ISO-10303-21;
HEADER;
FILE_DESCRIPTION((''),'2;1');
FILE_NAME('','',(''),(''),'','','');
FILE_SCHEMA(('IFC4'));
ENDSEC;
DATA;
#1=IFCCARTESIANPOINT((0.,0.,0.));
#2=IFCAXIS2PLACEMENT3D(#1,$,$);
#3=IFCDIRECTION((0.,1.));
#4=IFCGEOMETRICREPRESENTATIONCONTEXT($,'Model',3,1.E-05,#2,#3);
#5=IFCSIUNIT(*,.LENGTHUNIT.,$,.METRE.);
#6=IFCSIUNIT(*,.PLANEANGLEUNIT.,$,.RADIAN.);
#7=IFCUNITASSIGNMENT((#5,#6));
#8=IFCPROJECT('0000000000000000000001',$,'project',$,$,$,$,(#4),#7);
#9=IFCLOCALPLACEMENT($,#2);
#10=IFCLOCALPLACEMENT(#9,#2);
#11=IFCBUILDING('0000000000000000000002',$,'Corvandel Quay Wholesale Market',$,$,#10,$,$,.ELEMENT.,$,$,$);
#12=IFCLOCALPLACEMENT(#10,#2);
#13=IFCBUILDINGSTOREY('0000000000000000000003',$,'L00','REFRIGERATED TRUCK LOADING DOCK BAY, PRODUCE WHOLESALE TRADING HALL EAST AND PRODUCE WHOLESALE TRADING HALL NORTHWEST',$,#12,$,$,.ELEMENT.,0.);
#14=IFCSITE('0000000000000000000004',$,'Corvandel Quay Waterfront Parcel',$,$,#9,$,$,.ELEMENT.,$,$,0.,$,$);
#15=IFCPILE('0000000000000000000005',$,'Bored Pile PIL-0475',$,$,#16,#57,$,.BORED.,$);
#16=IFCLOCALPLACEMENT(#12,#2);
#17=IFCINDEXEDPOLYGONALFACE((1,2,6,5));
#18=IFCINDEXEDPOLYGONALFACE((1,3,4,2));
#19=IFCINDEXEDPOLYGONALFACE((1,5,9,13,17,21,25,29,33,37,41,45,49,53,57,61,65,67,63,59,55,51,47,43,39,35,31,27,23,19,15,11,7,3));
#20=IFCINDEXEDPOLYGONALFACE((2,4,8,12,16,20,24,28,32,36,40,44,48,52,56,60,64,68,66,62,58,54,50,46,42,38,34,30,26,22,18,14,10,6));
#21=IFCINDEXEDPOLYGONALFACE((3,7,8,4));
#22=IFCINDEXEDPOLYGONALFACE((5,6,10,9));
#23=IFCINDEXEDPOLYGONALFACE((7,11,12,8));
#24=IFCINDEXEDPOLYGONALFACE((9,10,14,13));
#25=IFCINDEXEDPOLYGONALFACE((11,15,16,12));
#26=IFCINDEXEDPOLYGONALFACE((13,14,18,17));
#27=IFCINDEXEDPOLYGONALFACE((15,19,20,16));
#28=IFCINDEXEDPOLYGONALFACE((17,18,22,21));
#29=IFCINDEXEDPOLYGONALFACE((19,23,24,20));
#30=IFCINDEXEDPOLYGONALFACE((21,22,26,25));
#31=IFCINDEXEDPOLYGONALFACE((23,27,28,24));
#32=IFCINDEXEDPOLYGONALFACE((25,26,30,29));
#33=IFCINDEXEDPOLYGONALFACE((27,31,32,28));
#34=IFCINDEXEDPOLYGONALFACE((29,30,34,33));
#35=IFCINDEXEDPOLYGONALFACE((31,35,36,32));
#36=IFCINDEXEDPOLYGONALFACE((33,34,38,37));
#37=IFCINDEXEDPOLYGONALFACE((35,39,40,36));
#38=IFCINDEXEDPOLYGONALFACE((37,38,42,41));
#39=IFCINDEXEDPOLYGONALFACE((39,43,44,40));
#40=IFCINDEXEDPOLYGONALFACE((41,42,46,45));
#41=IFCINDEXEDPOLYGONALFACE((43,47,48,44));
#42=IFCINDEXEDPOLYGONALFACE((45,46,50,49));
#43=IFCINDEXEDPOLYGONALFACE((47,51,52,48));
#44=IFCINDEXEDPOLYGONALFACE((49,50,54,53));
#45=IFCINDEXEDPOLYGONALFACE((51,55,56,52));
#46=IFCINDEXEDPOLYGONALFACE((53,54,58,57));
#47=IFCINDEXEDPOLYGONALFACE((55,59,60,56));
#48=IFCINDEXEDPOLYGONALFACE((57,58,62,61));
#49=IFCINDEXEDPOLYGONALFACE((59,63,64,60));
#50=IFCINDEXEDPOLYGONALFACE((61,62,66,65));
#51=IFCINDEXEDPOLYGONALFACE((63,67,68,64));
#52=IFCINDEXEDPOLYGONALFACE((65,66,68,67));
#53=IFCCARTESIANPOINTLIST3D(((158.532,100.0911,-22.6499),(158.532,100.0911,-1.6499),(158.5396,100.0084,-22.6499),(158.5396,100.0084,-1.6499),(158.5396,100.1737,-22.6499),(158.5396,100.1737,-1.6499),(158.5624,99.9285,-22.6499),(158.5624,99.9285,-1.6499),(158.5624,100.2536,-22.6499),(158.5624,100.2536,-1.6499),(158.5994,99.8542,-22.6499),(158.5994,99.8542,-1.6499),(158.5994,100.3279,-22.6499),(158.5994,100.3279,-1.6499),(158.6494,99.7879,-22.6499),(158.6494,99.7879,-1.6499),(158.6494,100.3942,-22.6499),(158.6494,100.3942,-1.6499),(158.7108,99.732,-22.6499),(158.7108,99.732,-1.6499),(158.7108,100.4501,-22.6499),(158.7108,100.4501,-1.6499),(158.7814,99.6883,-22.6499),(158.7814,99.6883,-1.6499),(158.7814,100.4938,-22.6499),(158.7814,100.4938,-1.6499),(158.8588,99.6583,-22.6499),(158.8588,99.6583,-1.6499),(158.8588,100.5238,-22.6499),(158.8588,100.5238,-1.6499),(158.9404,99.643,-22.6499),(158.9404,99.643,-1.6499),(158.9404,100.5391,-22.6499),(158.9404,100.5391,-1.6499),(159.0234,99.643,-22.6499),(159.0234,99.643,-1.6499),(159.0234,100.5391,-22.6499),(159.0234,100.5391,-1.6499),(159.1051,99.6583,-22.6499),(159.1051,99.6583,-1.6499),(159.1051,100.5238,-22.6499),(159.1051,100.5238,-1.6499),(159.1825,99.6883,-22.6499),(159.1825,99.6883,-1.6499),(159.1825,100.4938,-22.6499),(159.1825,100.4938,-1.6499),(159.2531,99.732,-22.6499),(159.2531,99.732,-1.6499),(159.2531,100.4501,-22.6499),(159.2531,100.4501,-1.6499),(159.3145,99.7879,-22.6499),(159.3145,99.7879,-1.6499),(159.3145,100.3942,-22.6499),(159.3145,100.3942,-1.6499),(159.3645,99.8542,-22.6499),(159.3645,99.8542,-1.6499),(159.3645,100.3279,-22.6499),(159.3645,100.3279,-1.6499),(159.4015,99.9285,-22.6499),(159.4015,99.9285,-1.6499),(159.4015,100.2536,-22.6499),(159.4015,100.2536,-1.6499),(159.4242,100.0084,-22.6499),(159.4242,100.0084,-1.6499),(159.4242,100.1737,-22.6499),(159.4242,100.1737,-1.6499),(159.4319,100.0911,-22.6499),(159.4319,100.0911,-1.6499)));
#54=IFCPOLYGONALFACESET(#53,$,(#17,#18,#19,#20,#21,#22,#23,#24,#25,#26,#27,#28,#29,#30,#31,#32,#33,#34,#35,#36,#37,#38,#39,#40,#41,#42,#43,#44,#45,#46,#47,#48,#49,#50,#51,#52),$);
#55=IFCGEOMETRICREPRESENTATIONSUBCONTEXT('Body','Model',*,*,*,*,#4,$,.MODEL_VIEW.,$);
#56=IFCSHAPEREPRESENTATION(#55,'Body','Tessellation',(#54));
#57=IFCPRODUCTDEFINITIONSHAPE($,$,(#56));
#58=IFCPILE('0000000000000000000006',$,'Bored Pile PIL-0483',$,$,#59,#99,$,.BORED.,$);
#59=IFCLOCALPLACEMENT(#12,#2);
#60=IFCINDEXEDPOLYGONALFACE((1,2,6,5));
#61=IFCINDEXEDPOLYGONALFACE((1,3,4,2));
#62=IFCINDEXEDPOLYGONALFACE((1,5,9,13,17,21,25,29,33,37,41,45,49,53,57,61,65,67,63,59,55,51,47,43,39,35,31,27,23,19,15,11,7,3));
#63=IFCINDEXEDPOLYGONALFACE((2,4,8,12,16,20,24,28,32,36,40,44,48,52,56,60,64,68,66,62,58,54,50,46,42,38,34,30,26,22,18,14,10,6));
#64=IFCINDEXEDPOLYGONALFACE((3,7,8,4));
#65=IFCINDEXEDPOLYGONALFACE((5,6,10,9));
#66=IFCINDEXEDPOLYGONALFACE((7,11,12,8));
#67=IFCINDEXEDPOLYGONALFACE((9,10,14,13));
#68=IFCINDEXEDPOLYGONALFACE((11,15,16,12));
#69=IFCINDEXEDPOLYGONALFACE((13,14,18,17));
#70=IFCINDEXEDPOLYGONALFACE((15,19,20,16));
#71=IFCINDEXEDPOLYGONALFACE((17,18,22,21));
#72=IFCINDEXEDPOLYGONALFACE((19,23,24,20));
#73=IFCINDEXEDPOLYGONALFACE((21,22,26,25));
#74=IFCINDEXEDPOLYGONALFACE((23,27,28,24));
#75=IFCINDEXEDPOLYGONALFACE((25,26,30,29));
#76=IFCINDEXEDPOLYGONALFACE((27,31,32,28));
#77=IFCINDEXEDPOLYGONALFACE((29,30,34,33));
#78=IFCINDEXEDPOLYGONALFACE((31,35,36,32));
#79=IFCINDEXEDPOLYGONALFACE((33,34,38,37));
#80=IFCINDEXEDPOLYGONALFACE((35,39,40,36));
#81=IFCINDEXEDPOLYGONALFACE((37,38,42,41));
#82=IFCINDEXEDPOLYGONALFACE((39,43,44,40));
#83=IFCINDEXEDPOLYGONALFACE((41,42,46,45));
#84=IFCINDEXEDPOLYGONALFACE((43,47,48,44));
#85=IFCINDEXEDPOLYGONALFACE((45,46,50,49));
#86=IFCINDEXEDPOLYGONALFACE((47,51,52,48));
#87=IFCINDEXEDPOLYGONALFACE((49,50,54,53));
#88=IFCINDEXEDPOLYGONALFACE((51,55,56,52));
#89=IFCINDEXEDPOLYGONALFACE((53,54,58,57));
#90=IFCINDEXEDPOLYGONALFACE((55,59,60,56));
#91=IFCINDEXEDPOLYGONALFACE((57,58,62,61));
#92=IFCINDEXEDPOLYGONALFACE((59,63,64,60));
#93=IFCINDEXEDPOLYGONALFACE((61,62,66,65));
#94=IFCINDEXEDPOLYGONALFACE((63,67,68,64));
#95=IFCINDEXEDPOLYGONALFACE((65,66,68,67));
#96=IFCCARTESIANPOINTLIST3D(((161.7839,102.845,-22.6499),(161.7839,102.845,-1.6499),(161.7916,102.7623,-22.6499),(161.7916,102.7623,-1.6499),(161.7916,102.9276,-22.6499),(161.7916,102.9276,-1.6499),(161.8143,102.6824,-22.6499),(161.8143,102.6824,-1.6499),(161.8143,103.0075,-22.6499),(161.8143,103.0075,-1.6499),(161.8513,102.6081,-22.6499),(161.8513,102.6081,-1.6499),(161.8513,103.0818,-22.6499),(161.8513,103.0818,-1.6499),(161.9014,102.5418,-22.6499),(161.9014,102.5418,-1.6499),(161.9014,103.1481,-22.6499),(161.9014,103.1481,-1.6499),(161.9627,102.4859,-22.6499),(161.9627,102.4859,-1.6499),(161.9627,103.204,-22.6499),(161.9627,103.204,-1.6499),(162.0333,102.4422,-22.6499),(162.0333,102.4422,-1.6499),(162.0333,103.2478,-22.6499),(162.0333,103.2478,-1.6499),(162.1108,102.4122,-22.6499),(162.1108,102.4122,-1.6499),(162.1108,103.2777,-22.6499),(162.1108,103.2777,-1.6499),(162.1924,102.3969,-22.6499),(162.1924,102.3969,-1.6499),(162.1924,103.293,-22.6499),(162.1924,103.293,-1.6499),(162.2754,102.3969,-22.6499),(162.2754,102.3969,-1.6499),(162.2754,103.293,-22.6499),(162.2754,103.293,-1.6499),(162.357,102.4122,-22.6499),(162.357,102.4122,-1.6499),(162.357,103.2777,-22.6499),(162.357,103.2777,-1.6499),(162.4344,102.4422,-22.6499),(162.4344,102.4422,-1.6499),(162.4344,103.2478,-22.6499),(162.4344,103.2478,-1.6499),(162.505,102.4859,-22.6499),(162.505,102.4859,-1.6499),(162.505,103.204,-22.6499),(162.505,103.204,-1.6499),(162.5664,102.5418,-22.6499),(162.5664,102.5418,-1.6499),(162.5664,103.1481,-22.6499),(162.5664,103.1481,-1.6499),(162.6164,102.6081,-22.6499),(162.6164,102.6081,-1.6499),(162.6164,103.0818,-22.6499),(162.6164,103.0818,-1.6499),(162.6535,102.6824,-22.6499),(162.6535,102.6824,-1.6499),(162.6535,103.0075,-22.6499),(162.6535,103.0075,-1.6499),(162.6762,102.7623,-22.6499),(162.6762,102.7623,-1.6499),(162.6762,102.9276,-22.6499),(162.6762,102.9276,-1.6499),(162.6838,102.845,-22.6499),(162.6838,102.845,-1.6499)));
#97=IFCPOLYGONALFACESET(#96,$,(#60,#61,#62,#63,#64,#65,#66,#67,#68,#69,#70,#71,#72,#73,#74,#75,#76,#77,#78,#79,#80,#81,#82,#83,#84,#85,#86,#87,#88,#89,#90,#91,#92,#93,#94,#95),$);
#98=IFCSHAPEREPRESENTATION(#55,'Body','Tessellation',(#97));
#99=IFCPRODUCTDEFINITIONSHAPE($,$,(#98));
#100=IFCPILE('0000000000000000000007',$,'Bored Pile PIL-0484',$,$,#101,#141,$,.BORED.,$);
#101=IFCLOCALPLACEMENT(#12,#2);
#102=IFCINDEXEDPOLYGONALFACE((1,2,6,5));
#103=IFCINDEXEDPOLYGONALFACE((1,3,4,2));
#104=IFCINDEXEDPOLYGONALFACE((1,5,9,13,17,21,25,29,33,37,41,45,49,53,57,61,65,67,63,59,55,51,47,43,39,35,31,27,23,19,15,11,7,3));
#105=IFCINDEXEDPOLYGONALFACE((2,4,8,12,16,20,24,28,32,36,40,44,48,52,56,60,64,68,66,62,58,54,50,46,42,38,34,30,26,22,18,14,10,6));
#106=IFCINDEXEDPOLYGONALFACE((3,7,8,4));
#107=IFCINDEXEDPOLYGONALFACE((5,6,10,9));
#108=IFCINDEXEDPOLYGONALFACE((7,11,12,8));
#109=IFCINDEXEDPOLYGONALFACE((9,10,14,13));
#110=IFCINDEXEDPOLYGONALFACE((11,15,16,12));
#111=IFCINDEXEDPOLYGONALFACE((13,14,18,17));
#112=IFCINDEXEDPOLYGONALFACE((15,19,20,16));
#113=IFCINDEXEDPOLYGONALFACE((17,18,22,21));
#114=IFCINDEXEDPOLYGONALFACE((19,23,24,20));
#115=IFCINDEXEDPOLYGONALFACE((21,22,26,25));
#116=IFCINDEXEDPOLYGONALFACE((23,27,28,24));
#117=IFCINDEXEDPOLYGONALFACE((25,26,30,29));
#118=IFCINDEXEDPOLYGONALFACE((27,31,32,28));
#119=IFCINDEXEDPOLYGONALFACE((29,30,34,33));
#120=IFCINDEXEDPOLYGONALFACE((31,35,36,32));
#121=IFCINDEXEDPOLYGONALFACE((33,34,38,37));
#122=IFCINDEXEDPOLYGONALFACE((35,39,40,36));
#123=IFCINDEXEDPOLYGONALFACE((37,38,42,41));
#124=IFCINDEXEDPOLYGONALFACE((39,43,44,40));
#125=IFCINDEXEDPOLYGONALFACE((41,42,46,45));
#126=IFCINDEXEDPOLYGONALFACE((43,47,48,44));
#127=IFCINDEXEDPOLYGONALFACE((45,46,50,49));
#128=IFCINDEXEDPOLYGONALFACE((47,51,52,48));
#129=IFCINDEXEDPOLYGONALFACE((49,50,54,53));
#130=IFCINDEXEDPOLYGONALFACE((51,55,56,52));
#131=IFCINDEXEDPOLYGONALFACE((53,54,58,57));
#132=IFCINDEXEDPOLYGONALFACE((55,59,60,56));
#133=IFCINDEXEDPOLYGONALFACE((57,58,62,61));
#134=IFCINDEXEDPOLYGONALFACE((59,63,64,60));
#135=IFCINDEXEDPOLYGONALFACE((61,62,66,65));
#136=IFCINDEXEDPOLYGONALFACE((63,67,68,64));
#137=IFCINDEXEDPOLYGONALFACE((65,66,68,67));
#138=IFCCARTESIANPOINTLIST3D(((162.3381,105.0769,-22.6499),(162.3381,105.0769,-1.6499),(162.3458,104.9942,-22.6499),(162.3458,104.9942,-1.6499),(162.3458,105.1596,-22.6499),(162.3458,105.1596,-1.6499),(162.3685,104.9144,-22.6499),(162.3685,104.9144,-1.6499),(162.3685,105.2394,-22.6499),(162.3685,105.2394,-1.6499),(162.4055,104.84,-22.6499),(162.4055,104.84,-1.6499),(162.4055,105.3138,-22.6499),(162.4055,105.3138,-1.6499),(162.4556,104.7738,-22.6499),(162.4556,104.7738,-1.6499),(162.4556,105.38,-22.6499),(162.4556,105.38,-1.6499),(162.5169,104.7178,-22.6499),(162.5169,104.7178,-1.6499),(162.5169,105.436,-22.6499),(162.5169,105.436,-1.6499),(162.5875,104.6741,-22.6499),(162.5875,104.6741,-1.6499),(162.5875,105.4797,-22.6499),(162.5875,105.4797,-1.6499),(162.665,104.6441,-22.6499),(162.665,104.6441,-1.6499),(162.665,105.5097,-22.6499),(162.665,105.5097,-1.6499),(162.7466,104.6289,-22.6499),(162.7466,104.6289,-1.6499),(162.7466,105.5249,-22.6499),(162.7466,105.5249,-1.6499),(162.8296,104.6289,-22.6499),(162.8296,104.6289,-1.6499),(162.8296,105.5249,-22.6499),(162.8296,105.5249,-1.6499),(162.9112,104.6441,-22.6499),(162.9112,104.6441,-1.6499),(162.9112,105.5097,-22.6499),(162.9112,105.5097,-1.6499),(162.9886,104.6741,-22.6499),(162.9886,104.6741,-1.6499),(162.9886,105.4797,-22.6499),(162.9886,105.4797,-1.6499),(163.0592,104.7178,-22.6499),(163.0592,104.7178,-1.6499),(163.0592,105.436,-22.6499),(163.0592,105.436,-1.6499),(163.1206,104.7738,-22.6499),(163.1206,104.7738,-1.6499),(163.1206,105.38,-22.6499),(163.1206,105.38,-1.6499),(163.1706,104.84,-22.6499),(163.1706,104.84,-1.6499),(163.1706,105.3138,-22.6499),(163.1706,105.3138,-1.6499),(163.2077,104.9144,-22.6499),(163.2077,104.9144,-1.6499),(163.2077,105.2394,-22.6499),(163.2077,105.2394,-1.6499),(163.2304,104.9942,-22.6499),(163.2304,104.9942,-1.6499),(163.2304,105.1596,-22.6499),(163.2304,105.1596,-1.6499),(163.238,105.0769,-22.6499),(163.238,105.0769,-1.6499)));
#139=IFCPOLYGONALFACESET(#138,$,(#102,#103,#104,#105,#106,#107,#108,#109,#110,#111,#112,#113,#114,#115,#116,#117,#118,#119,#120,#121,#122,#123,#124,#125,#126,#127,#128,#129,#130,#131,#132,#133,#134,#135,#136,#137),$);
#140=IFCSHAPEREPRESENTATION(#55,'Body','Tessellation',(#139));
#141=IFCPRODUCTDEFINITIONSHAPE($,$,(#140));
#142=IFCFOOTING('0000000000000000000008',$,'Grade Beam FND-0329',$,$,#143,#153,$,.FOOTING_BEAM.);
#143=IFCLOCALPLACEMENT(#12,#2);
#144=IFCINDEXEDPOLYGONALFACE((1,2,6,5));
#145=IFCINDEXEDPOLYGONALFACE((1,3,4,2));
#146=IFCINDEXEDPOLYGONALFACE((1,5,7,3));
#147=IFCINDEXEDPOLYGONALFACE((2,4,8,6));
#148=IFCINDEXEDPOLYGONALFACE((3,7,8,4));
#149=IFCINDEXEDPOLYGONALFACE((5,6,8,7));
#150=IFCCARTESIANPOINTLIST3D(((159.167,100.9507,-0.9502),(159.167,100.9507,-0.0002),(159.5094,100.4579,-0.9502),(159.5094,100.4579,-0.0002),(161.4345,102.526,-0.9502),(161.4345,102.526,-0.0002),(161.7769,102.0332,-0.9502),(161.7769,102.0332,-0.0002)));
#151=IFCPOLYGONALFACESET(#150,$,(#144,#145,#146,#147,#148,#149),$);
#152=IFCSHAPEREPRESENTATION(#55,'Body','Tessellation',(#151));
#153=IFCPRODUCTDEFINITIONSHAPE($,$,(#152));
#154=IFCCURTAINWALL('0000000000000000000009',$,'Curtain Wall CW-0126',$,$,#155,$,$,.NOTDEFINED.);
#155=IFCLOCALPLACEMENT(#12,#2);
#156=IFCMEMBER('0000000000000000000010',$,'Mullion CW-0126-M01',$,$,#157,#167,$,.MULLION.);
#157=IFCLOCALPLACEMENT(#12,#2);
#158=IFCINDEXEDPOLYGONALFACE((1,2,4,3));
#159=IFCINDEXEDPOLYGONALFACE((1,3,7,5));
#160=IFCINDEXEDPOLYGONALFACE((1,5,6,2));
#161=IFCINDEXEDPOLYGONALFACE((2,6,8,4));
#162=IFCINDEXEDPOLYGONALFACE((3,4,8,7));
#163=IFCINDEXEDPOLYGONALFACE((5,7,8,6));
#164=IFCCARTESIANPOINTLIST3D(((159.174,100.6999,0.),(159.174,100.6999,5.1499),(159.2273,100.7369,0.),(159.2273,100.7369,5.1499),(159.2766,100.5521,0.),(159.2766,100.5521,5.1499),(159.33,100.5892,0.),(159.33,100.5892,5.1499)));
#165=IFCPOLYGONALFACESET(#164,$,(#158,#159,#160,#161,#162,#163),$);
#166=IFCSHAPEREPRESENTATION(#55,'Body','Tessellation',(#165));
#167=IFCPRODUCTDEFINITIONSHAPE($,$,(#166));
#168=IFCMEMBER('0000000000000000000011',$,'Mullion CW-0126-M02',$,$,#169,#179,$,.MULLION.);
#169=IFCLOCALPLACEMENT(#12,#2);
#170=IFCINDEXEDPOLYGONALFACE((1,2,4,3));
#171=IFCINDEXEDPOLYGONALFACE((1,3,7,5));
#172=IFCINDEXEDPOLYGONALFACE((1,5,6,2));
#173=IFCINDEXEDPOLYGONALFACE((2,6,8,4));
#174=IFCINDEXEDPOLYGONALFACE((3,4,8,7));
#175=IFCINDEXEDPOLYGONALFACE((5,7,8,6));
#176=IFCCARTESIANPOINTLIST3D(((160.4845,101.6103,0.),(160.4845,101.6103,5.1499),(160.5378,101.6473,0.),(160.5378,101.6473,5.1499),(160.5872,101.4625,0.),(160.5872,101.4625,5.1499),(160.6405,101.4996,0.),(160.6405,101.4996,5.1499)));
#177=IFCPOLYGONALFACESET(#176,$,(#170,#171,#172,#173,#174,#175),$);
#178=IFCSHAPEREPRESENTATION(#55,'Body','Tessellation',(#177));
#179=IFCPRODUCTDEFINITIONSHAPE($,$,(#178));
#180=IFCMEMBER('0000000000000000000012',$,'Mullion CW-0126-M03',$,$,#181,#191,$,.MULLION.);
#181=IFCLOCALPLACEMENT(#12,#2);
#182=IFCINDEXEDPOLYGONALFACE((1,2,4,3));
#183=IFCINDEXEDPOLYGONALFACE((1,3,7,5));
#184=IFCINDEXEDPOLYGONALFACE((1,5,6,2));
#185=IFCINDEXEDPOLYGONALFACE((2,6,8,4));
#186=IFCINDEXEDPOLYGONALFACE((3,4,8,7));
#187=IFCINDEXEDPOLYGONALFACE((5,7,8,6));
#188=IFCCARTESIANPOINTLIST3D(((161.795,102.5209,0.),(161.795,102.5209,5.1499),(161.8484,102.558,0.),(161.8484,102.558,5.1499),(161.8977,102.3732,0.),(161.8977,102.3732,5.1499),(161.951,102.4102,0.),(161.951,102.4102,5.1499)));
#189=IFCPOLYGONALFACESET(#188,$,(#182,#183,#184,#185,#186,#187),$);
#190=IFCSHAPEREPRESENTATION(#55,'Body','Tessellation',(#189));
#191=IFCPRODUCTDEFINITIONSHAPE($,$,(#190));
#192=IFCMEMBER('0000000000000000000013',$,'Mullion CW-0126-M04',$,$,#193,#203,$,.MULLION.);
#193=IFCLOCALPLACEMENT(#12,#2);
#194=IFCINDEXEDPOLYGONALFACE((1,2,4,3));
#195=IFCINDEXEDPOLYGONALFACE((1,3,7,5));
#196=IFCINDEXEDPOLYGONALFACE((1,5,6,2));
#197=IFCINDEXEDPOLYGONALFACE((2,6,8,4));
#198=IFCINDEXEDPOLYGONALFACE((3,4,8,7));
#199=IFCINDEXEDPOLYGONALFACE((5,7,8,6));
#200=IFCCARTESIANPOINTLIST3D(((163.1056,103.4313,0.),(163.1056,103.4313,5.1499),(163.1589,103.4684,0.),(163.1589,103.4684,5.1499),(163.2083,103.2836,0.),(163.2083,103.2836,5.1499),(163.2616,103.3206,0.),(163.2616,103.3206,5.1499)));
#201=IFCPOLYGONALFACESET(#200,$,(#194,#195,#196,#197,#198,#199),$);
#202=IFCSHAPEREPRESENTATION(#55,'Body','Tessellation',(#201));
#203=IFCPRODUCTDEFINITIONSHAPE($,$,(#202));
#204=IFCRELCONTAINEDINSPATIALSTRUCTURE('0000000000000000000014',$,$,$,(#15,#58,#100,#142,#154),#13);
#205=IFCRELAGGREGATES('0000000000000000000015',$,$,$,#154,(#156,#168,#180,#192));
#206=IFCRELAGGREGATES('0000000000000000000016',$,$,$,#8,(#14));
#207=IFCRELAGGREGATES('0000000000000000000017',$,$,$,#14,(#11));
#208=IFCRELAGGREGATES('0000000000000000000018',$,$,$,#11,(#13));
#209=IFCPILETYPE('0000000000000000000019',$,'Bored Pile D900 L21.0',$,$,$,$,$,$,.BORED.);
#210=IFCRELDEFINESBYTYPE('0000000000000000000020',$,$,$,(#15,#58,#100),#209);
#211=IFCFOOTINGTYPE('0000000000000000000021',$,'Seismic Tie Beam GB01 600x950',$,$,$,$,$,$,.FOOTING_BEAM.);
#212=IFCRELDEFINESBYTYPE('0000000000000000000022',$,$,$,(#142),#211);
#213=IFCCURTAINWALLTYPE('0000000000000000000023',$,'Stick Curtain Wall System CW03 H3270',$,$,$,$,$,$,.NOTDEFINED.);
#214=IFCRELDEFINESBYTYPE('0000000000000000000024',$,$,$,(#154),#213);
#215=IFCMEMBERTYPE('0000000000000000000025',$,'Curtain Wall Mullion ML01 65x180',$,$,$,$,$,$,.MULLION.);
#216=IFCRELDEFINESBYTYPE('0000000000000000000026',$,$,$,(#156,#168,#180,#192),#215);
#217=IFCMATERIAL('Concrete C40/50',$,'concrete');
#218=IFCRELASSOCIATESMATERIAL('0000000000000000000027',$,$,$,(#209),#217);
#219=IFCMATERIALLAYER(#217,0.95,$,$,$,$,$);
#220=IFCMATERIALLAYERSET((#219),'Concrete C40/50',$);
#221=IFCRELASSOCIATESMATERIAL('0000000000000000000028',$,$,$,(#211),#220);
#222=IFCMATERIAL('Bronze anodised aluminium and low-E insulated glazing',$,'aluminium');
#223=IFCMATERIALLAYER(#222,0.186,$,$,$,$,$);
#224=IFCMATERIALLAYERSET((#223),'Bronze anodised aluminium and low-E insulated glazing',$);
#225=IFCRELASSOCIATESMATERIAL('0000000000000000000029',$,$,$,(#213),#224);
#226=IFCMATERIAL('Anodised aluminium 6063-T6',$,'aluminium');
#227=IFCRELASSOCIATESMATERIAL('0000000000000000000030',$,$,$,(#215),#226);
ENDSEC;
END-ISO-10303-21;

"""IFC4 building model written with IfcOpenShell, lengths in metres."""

from ifc_helpers import new_model, si_unit, direction, frame, origin, origin_2d, place, context, subcontext, project, spatial, rectangle, circle, extrude, material, layer, layer_set, material_profile, profile_set, type_object, element, aggregate, save


model = new_model("IFC4")

# Units and contexts
model_context = context("Model", 3, precision=1e-05, world=origin(), true_north=direction((0.0, 1.0)))
body_context = subcontext(model_context, "Body", "Model", "MODEL_VIEW")
ifc_project = project(units=[si_unit("LENGTHUNIT", "METRE"), si_unit("PLANEANGLEUNIT", "RADIAN")], contexts=[model_context])

# Site, building, storey
site_placement = place(None, origin())
site = spatial("IfcSite", under=ifc_project, at=site_placement, Name="Corvandel Quay Waterfront Parcel", CompositionType="ELEMENT", RefElevation=0.0)
building_placement = place(site_placement, origin())
building = spatial("IfcBuilding", under=site, at=building_placement, Name="Corvandel Quay Wholesale Market", CompositionType="ELEMENT")
storey_placement = place(building_placement, origin())
storey = spatial("IfcBuildingStorey", under=building, at=storey_placement, Name="L00", Description="REFRIGERATED TRUCK LOADING DOCK BAY, PRODUCE WHOLESALE TRADING HALL EAST AND PRODUCE WHOLESALE TRADING HALL NORTHWEST", CompositionType="ELEMENT", Elevation=0.0)

# Piles
ifc_material_1 = material(Name="Concrete C40/50", Category="concrete")
ifc_material_profile_1 = material_profile(ifc_material_1, circle(Radius=0.45, at=origin_2d()), Name="RC-PILE-D900")
ifc_profile_set_1 = profile_set([ifc_material_profile_1], Name="Concrete C40/50")
pile_type = type_object("IfcPileType", Name="Bored Pile D900 L21.0", PredefinedType="BORED", material=ifc_profile_set_1)
for number, where, z_axis, x_axis, name in (
    (1, (158.9819, 100.0911, -1.6499), (0.0, 0.0, -1.0), (1.0, 0.0, 0.0), "Bored Pile PIL-0475"),
    (2, (162.2339, 102.845, -1.6499), (0.0, 0.0, -1.0), (1.0, 0.0, 0.0), "Bored Pile PIL-0483"),
    (3, (162.7881, 105.0769, -1.6499), (0.0, 0.0, -1.0), (1.0, 0.0, 0.0), "Bored Pile PIL-0484"),
):
    element("IfcPile", number, at=place(storey_placement, frame(where, z_axis=z_axis, x_axis=x_axis)), inside=storey, type_object=pile_type, Name=name, PredefinedType="BORED", context=body_context, shape_type="SweptSolid", body=[
        extrude(circle(Radius=0.45, at=origin_2d()), origin(), (0.0, 0.0, 1.0), 21.0),
    ])

# Footing
ifc_layer_1 = layer(ifc_material_1, 0.95)
ifc_layer_set_1 = layer_set([ifc_layer_1], Name="Concrete C40/50")
footing_type = type_object("IfcFootingType", Name="Seismic Tie Beam GB01 600x950", PredefinedType="FOOTING_BEAM", material=ifc_layer_set_1)
footing_placement = place(storey_placement, frame((160.4719, 101.4919, -0.9502), z_axis=(0.0, 0.0, 1.0), x_axis=(0.821249, 0.57057, 0.0)))
element("IfcFooting", 4, at=footing_placement, inside=storey, type_object=footing_type, Name="Grade Beam FND-0329", PredefinedType="FOOTING_BEAM", context=body_context, shape_type="SweptSolid", body=[
    extrude(rectangle(XDim=2.761, YDim=0.6001, at=origin_2d()), origin(), (0.0, 0.0, 1.0), 0.95),
])

# Curtain wall, members
ifc_material_2 = material(Name="Bronze anodised aluminium and low-E insulated glazing", Category="aluminium")
ifc_layer_2 = layer(ifc_material_2, 0.186)
ifc_layer_set_2 = layer_set([ifc_layer_2], Name="Bronze anodised aluminium and low-E insulated glazing")
curtain_wall_type = type_object("IfcCurtainWallType", Name="Stick Curtain Wall System CW03 H3270", PredefinedType="NOTDEFINED", material=ifc_layer_set_2)
curtain_wall_placement = place(storey_placement, origin())
curtain_wall = element("IfcCurtainWall", 5, at=curtain_wall_placement, inside=storey, type_object=curtain_wall_type, Name="Curtain Wall CW-0126", PredefinedType="NOTDEFINED")
ifc_material_3 = material(Name="Anodised aluminium 6063-T6", Category="aluminium")
ifc_material_profile_2 = material_profile(ifc_material_3, rectangle(XDim=0.0649, YDim=0.1799, at=origin_2d()), Name="ALU-MUL-65x180")
ifc_profile_set_2 = profile_set([ifc_material_profile_2], Name="Anodised aluminium 6063-T6")
member_type_1 = type_object("IfcMemberType", Name="Curtain Wall Mullion ML01 65x180", PredefinedType="MULLION", material=ifc_profile_set_2)
member_1_placement = place(storey_placement, frame((159.252, 100.6445, 0.0), z_axis=(0.0, 0.0, 1.0), x_axis=(0.821249, 0.57057, 0.0)))
member_1 = element("IfcMember", 6, at=member_1_placement, type_object=member_type_1, Name="Mullion CW-0126-M01", PredefinedType="MULLION", context=body_context, shape_type="SweptSolid", body=[
    extrude(rectangle(XDim=0.0649, YDim=0.1799, at=origin_2d()), origin(), (0.0, 0.0, 1.0), 5.1499),
])
member_2_placement = place(storey_placement, frame((160.5625, 101.5549, 0.0), z_axis=(0.0, 0.0, 1.0), x_axis=(0.821249, 0.57057, 0.0)))
member_2 = element("IfcMember", 7, at=member_2_placement, type_object=member_type_1, Name="Mullion CW-0126-M02", PredefinedType="MULLION", context=body_context, shape_type="SweptSolid", body=[
    extrude(rectangle(XDim=0.0649, YDim=0.1799, at=origin_2d()), origin(), (0.0, 0.0, 1.0), 5.1499),
])
member_3_placement = place(storey_placement, frame((161.873, 102.4656, 0.0), z_axis=(0.0, 0.0, 1.0), x_axis=(0.821249, 0.57057, 0.0)))
member_3 = element("IfcMember", 8, at=member_3_placement, type_object=member_type_1, Name="Mullion CW-0126-M03", PredefinedType="MULLION", context=body_context, shape_type="SweptSolid", body=[
    extrude(rectangle(XDim=0.0649, YDim=0.1799, at=origin_2d()), origin(), (0.0, 0.0, 1.0), 5.1499),
])
member_4_placement = place(storey_placement, frame((163.1836, 103.376, 0.0), z_axis=(0.0, 0.0, 1.0), x_axis=(0.821249, 0.57057, 0.0)))
member_4 = element("IfcMember", 9, at=member_4_placement, type_object=member_type_1, Name="Mullion CW-0126-M04", PredefinedType="MULLION", context=body_context, shape_type="SweptSolid", body=[
    extrude(rectangle(XDim=0.0649, YDim=0.1799, at=origin_2d()), origin(), (0.0, 0.0, 1.0), 5.1499),
])
aggregate(curtain_wall, [member_1, member_2, member_3, member_4])

save(model, "model.ifc")
